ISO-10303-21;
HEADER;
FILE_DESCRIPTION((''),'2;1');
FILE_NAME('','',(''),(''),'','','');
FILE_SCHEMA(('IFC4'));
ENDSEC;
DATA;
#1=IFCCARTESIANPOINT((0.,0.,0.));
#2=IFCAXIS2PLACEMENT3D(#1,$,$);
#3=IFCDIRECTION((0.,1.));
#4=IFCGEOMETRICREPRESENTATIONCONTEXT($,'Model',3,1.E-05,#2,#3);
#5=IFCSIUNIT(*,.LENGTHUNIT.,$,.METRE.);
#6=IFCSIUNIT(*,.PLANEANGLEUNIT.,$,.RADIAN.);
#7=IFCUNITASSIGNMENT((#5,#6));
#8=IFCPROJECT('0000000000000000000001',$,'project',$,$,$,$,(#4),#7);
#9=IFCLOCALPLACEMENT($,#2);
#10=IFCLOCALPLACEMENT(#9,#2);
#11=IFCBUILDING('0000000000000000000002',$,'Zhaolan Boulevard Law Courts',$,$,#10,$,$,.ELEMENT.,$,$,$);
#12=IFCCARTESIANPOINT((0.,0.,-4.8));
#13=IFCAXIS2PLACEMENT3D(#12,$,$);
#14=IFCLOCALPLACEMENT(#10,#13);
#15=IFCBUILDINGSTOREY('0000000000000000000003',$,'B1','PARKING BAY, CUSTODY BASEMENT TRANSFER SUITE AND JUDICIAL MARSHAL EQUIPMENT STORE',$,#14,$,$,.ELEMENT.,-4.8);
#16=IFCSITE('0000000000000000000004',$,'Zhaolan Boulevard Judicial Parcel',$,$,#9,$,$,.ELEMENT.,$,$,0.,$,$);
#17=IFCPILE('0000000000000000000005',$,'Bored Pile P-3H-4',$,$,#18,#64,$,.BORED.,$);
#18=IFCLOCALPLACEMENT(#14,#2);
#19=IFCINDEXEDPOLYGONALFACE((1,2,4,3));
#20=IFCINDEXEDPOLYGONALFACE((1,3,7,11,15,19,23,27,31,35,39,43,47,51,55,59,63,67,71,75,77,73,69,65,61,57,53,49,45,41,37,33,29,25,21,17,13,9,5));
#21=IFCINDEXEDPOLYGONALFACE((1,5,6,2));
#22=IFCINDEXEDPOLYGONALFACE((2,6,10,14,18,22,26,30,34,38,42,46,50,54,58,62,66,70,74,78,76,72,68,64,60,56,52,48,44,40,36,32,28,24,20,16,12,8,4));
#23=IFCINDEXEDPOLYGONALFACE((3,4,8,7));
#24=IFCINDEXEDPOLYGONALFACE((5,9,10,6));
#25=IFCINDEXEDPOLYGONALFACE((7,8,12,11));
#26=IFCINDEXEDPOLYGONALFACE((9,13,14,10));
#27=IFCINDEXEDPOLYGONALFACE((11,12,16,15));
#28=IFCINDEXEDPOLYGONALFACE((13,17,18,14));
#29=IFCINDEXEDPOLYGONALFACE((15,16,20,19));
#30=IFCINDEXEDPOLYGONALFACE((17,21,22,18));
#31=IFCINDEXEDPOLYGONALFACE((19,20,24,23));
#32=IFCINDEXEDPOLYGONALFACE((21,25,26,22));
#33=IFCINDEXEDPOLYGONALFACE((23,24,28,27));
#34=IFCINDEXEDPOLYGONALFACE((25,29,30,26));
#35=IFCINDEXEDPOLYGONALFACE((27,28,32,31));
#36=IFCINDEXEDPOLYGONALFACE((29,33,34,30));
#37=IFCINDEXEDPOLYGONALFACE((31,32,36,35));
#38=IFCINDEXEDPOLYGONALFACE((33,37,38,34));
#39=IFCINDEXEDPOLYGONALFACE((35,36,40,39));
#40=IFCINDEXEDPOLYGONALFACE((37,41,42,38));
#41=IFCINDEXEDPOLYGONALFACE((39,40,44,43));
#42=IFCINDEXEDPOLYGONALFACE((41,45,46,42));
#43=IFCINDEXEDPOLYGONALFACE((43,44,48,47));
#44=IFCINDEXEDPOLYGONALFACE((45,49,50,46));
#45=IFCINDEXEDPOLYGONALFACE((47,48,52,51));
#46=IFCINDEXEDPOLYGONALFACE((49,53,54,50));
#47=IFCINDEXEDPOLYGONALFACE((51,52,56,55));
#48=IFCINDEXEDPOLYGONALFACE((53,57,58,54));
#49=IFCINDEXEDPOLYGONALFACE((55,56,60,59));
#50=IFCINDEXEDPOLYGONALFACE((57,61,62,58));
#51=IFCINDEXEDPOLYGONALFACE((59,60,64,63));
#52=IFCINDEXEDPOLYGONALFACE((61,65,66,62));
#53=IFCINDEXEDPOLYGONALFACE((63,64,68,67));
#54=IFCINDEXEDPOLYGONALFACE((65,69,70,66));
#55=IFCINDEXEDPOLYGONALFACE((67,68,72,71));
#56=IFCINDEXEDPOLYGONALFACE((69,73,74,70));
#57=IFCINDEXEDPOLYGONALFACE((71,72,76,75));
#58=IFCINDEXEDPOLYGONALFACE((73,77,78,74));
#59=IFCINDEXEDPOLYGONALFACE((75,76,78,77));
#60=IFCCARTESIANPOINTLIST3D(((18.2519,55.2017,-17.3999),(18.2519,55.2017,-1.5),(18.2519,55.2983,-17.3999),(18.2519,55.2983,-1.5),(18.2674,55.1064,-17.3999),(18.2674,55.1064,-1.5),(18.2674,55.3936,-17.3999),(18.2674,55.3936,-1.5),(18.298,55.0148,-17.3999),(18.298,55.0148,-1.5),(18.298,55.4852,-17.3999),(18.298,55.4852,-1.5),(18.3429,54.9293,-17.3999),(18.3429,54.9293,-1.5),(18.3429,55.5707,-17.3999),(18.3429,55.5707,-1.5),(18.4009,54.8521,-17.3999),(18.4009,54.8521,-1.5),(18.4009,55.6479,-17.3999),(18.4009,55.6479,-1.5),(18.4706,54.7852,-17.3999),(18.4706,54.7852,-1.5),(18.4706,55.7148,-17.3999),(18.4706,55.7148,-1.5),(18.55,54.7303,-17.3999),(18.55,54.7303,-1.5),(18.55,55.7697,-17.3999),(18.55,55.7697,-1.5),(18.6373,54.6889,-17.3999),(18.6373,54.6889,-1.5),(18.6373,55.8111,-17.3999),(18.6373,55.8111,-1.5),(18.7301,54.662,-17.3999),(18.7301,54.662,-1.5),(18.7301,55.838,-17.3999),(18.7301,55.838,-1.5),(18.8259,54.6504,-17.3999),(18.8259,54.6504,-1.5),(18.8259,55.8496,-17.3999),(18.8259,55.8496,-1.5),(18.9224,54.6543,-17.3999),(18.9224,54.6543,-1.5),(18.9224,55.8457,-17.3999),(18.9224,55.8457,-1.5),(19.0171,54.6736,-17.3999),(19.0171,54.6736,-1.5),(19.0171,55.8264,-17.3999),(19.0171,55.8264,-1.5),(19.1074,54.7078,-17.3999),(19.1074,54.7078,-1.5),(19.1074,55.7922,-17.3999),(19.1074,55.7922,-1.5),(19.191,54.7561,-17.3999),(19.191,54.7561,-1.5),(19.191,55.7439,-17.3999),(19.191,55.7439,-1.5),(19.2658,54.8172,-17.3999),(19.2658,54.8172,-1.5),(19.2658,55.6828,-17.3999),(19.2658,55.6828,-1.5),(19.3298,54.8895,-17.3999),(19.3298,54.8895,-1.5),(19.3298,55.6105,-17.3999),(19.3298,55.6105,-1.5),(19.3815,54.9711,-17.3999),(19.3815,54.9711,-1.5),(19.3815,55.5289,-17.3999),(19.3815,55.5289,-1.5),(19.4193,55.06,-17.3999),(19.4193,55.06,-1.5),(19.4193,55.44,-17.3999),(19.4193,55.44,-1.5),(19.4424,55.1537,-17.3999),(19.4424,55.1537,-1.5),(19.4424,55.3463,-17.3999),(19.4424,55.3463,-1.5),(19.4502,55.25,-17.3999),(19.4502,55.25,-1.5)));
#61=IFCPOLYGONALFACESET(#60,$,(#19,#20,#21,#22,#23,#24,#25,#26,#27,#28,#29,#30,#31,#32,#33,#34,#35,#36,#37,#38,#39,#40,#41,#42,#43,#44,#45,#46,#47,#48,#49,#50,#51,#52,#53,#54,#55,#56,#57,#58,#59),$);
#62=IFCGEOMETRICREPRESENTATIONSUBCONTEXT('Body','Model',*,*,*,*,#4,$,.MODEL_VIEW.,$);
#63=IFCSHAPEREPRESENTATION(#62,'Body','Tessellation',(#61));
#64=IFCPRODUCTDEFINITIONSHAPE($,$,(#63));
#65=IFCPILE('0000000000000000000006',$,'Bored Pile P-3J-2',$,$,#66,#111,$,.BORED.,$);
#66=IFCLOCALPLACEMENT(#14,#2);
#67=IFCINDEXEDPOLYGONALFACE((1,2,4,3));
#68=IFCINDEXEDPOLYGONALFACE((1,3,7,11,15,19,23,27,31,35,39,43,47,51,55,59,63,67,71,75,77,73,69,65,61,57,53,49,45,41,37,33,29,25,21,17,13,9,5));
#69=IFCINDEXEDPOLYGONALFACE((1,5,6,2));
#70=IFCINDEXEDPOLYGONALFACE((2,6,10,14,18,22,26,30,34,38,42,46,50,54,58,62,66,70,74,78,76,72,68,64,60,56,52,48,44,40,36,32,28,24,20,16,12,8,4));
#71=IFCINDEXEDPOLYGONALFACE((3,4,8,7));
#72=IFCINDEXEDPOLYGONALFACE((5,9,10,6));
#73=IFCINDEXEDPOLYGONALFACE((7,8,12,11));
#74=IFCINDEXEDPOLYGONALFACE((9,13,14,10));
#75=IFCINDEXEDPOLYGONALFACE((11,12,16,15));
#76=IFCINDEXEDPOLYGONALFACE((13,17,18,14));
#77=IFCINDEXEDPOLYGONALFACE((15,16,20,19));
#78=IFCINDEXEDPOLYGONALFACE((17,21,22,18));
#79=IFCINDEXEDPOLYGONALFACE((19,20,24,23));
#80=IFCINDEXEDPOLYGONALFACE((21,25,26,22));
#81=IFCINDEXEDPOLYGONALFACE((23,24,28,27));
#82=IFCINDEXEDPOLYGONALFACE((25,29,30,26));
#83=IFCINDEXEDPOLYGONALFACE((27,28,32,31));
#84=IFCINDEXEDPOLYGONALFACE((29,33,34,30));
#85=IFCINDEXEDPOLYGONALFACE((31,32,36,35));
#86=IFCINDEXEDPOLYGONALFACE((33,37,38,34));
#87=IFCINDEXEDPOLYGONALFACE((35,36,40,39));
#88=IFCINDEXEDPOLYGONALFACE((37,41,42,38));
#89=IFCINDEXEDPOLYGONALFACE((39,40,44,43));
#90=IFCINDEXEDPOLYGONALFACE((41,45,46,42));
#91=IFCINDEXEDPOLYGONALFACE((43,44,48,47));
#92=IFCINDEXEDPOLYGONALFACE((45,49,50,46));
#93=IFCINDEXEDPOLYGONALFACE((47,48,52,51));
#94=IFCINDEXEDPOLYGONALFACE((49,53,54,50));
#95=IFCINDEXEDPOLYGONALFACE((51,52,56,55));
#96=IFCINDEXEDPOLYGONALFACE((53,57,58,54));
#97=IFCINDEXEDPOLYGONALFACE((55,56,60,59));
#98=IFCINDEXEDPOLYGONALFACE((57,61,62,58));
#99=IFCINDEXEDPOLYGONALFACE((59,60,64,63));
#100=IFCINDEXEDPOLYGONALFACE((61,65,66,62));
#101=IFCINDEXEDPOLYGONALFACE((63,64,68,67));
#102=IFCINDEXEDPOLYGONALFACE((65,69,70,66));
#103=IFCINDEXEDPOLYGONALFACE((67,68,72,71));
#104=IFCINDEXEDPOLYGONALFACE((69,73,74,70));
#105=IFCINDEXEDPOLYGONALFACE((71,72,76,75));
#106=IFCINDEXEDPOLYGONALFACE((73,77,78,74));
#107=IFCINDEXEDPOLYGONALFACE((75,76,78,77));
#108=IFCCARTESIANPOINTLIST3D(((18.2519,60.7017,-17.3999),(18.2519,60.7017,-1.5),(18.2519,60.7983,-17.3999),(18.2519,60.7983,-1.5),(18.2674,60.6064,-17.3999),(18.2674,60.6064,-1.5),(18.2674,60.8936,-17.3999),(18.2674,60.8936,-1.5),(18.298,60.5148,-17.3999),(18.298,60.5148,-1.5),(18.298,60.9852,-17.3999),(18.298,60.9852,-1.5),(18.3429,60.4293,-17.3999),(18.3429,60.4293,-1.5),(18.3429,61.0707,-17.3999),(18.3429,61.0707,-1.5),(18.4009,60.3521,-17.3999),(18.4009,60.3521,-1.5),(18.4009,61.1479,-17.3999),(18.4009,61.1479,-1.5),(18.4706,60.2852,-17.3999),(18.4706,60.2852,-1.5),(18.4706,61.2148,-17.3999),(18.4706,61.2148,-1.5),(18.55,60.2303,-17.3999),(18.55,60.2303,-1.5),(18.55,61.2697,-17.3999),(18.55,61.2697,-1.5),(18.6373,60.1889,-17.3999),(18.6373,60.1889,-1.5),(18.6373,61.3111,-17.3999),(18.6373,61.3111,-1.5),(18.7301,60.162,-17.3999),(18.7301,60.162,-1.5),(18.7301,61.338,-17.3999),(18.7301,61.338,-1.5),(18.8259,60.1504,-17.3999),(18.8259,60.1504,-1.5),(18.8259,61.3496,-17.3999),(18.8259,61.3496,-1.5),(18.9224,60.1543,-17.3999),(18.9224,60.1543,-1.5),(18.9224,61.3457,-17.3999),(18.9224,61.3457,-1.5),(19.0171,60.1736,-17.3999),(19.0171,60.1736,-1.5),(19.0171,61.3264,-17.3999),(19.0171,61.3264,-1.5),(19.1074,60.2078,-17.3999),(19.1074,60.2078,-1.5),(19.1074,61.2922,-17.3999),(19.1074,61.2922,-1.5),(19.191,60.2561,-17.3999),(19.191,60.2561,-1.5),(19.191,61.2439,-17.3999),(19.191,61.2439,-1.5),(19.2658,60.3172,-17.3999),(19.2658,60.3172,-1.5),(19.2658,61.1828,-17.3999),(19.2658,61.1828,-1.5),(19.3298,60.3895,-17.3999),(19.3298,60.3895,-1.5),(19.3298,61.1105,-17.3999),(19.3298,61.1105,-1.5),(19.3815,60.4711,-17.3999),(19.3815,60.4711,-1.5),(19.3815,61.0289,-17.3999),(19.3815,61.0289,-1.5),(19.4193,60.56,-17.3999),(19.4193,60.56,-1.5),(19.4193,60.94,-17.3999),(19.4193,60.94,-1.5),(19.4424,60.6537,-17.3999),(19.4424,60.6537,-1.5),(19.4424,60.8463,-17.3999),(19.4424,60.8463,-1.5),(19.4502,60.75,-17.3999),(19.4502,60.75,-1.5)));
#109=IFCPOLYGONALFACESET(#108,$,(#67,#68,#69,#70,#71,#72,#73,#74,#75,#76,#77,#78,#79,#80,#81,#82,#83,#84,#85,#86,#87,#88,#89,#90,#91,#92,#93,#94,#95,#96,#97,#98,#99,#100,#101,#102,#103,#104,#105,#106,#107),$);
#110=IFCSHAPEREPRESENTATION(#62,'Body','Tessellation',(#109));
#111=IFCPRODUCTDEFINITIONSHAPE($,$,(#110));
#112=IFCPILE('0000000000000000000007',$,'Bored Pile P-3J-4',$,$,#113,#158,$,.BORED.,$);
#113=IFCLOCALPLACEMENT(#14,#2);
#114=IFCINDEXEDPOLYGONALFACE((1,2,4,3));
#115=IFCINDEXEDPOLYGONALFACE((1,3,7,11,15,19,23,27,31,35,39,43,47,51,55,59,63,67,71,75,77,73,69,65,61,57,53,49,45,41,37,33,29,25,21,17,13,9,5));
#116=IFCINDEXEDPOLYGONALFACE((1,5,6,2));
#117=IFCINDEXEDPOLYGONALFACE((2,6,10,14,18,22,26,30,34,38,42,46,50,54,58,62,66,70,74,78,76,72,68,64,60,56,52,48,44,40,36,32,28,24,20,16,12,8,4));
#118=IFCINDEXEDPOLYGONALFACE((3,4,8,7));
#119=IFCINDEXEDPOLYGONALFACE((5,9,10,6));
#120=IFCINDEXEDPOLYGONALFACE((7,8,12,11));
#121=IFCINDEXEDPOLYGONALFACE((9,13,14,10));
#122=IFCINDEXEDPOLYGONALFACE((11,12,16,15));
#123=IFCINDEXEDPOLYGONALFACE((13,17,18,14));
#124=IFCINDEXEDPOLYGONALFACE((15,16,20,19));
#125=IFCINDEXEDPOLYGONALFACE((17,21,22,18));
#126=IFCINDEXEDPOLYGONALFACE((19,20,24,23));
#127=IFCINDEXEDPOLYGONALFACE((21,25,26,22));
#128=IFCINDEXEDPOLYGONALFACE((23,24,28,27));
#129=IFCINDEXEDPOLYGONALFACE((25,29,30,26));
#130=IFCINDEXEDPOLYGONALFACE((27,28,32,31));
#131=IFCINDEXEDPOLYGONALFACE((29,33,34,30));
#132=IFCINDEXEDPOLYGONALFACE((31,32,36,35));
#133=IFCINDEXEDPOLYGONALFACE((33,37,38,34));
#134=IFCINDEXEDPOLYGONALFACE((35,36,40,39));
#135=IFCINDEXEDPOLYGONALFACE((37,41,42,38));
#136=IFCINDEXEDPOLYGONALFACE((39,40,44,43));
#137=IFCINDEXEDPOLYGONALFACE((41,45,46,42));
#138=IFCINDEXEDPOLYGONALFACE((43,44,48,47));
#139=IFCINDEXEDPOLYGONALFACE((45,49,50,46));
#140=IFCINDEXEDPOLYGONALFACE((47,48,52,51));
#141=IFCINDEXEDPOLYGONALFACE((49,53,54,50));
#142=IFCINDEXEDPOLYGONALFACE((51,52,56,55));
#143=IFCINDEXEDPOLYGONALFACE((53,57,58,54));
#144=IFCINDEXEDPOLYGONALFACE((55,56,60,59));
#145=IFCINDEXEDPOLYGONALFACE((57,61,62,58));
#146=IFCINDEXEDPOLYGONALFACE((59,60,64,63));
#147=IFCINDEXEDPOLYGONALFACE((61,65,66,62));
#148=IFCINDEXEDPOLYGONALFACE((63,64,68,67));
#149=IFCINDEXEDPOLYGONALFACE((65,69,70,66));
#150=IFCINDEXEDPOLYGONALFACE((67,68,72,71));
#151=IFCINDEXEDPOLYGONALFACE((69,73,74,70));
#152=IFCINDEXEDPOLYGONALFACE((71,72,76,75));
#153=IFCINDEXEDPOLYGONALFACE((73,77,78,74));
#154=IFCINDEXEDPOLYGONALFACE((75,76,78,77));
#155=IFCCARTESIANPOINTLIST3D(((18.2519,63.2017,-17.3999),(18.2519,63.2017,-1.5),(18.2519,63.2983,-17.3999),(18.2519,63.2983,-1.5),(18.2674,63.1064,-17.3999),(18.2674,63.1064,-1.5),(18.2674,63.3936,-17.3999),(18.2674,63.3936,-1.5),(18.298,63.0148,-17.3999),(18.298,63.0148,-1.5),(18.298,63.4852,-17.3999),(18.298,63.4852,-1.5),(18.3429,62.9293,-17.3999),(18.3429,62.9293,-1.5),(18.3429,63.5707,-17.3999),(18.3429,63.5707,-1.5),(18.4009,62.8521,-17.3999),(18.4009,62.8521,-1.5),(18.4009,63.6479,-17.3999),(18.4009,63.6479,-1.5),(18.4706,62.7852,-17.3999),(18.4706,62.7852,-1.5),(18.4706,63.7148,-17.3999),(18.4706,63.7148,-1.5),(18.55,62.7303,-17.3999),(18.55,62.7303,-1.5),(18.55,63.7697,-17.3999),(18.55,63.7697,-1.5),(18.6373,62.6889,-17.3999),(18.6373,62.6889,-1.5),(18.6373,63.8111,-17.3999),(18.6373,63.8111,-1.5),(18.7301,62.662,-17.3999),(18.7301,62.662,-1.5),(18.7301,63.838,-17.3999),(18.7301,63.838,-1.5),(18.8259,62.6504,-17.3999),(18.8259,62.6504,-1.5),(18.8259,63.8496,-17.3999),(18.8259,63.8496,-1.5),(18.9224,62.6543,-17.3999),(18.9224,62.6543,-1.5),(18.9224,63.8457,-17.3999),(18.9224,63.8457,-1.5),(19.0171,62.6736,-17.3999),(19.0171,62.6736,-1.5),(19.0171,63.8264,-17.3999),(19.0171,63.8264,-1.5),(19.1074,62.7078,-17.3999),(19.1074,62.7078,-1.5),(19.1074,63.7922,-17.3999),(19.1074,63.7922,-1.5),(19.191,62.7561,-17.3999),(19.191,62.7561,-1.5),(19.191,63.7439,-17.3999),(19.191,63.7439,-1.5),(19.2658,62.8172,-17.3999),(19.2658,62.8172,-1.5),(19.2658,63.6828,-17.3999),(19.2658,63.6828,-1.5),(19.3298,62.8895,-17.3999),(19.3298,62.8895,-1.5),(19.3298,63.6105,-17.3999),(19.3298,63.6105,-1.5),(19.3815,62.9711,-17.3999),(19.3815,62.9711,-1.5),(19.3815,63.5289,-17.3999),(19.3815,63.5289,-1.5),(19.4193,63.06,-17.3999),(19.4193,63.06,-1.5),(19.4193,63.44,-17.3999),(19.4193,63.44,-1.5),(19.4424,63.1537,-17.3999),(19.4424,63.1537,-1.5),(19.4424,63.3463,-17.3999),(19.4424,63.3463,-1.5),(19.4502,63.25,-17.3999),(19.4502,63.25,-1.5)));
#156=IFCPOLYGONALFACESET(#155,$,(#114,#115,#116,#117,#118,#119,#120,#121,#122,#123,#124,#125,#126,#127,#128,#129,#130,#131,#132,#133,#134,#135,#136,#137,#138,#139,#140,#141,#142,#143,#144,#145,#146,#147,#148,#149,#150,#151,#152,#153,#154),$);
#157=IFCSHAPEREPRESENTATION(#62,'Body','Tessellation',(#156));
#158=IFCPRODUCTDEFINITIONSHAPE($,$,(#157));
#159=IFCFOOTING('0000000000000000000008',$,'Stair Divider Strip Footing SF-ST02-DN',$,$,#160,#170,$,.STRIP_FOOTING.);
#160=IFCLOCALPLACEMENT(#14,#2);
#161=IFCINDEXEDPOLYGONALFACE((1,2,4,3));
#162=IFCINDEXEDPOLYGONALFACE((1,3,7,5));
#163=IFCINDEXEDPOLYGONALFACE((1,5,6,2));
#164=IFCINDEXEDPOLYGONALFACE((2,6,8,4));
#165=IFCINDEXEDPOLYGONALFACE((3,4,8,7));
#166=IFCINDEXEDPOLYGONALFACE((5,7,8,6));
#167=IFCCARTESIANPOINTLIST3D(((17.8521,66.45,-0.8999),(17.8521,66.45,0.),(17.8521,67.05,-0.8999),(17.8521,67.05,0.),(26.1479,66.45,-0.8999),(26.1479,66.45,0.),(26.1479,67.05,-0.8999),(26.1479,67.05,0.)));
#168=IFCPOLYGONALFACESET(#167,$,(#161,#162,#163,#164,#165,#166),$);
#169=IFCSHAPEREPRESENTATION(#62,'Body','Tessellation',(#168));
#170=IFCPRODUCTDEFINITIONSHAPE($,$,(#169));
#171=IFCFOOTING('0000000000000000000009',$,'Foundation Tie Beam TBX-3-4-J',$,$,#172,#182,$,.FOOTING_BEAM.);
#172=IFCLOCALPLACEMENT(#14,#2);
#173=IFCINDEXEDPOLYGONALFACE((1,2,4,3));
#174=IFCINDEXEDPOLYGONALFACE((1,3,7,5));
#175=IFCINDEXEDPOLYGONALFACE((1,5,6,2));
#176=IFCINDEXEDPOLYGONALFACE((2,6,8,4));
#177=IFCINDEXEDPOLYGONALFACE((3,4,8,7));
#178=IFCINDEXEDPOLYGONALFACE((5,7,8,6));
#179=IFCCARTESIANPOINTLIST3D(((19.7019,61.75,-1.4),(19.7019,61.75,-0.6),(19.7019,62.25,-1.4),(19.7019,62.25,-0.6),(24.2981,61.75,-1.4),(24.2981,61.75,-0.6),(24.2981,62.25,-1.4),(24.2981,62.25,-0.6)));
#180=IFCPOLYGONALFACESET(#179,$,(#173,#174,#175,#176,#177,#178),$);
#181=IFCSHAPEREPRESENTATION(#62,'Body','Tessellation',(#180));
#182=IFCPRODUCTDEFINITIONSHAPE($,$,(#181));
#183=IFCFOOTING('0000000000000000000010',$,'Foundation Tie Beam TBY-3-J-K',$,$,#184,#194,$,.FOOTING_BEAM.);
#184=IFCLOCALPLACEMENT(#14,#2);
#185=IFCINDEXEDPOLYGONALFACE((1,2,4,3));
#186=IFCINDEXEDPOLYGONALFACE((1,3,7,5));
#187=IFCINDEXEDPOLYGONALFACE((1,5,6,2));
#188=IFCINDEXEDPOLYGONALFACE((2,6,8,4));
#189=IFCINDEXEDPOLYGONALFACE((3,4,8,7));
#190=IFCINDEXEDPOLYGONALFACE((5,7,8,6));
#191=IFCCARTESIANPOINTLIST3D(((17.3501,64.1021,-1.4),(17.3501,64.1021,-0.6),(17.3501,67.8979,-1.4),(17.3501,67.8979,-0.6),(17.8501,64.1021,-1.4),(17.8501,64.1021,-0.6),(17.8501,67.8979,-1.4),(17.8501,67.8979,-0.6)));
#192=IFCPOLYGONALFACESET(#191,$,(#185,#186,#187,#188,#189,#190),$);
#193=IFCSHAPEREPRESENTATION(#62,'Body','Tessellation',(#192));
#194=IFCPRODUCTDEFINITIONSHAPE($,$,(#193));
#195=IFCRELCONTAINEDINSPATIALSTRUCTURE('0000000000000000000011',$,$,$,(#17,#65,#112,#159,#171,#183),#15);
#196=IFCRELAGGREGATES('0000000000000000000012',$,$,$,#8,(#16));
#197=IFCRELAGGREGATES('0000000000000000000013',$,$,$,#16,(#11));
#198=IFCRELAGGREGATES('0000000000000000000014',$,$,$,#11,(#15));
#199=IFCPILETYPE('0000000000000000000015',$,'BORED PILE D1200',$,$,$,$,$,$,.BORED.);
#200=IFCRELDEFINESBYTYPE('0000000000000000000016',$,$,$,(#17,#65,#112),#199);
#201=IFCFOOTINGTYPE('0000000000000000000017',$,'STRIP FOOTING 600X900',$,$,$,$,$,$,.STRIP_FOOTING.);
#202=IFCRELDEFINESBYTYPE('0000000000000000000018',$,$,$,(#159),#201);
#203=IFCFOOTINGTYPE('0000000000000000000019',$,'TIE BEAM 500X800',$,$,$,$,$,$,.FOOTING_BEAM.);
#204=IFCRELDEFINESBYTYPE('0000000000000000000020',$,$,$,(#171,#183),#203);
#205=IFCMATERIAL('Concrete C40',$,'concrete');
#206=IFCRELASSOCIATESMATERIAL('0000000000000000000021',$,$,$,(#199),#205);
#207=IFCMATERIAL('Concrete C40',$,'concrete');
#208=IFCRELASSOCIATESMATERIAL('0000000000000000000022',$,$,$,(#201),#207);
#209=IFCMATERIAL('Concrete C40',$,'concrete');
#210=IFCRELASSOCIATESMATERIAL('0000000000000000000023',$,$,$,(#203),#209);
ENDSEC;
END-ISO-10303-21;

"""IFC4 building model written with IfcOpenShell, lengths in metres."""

from ifc_helpers import new_model, si_unit, direction, frame, origin, origin_2d, place, context, subcontext, project, spatial, rectangle, circle, extrude, material, material_profile, profile_set, type_object, element, save


model = new_model("IFC4")

# Units and contexts
model_context = context("Model", 3, precision=1e-05, world=origin(), true_north=direction((0.0, 1.0)))
body_context = subcontext(model_context, "Body", "Model", "MODEL_VIEW")
ifc_project = project(units=[si_unit("LENGTHUNIT", "METRE"), si_unit("PLANEANGLEUNIT", "RADIAN")], contexts=[model_context])

# Site, building, storey
site_placement = place(None, origin())
site = spatial("IfcSite", under=ifc_project, at=site_placement, Name="Zhaolan Boulevard Judicial Parcel", CompositionType="ELEMENT", RefElevation=0.0)
building_placement = place(site_placement, origin())
building = spatial("IfcBuilding", under=site, at=building_placement, Name="Zhaolan Boulevard Law Courts", CompositionType="ELEMENT")
storey_placement = place(building_placement, frame((0.0, 0.0, -4.8)))
storey = spatial("IfcBuildingStorey", under=building, at=storey_placement, Name="B1", Description="PARKING BAY, CUSTODY BASEMENT TRANSFER SUITE AND JUDICIAL MARSHAL EQUIPMENT STORE", CompositionType="ELEMENT", Elevation=-4.8)

# Piles
ifc_material_1 = material(Name="Concrete C40", Category="concrete")
ifc_material_profile_1 = material_profile(ifc_material_1, circle(Radius=0.6001, at=origin_2d()), Name="PILE-D1200")
ifc_profile_set_1 = profile_set([ifc_material_profile_1], Name="Concrete C40")
pile_type = type_object("IfcPileType", Name="BORED PILE D1200", PredefinedType="BORED", material=ifc_profile_set_1)
for number, where, z_axis, x_axis, name in (
    (1, (18.8501, 55.25, -1.5), (0.0, 0.0, -1.0), (1.0, 0.0, 0.0), "Bored Pile P-3H-4"),
    (2, (18.8501, 60.75, -1.5), (0.0, 0.0, -1.0), (1.0, 0.0, 0.0), "Bored Pile P-3J-2"),
    (3, (18.8501, 63.25, -1.5), (0.0, 0.0, -1.0), (1.0, 0.0, 0.0), "Bored Pile P-3J-4"),
):
    element("IfcPile", number, at=place(storey_placement, frame(where, z_axis=z_axis, x_axis=x_axis)), inside=storey, type_object=pile_type, Name=name, PredefinedType="BORED", context=body_context, shape_type="SweptSolid", body=[
        extrude(circle(Radius=0.6001, at=origin_2d()), origin(), (0.0, 0.0, 1.0), 15.8999),
    ])

# Footings
ifc_material_2 = material(Name="Concrete C40", Category="concrete")
ifc_material_profile_2 = material_profile(ifc_material_2, rectangle(XDim=0.6001, YDim=0.8999, at=origin_2d()), Name="RC600x900")
ifc_profile_set_2 = profile_set([ifc_material_profile_2], Name="Concrete C40")
footing_type_1 = type_object("IfcFootingType", Name="STRIP FOOTING 600X900", PredefinedType="STRIP_FOOTING", material=ifc_profile_set_2)
footing_1_placement = place(storey_placement, frame((17.8521, 66.75, -0.45), z_axis=(1.0, 0.0, 0.0), x_axis=(0.0, 1.0, 0.0)))
element("IfcFooting", 4, at=footing_1_placement, inside=storey, type_object=footing_type_1, Name="Stair Divider Strip Footing SF-ST02-DN", PredefinedType="STRIP_FOOTING", context=body_context, shape_type="SweptSolid", body=[
    extrude(rectangle(XDim=0.6001, YDim=0.8999, at=origin_2d()), origin(), (0.0, 0.0, 1.0), 8.2959),
])
ifc_material_3 = material(Name="Concrete C40", Category="concrete")
ifc_material_profile_3 = material_profile(ifc_material_3, rectangle(XDim=0.5, YDim=0.8, at=origin_2d()), Name="RC500x800")
ifc_profile_set_3 = profile_set([ifc_material_profile_3], Name="Concrete C40")
footing_type_2 = type_object("IfcFootingType", Name="TIE BEAM 500X800", PredefinedType="FOOTING_BEAM", material=ifc_profile_set_3)
footing_2_placement = place(storey_placement, frame((19.7019, 62.0, -1.0), z_axis=(1.0, 0.0, 0.0), x_axis=(0.0, 1.0, 0.0)))
element("IfcFooting", 5, at=footing_2_placement, inside=storey, type_object=footing_type_2, Name="Foundation Tie Beam TBX-3-4-J", PredefinedType="FOOTING_BEAM", context=body_context, shape_type="SweptSolid", body=[
    extrude(rectangle(XDim=0.5, YDim=0.8, at=origin_2d()), origin(), (0.0, 0.0, 1.0), 4.5962),
])
footing_3_placement = place(storey_placement, frame((17.6001, 64.1021, -1.0), z_axis=(0.0, 1.0, 0.0), x_axis=(-1.0, 0.0, 0.0)))
element("IfcFooting", 6, at=footing_3_placement, inside=storey, type_object=footing_type_2, Name="Foundation Tie Beam TBY-3-J-K", PredefinedType="FOOTING_BEAM", context=body_context, shape_type="SweptSolid", body=[
    extrude(rectangle(XDim=0.5, YDim=0.8, at=origin_2d()), origin(), (0.0, 0.0, 1.0), 3.7959),
])

save(model, "model.ifc")
